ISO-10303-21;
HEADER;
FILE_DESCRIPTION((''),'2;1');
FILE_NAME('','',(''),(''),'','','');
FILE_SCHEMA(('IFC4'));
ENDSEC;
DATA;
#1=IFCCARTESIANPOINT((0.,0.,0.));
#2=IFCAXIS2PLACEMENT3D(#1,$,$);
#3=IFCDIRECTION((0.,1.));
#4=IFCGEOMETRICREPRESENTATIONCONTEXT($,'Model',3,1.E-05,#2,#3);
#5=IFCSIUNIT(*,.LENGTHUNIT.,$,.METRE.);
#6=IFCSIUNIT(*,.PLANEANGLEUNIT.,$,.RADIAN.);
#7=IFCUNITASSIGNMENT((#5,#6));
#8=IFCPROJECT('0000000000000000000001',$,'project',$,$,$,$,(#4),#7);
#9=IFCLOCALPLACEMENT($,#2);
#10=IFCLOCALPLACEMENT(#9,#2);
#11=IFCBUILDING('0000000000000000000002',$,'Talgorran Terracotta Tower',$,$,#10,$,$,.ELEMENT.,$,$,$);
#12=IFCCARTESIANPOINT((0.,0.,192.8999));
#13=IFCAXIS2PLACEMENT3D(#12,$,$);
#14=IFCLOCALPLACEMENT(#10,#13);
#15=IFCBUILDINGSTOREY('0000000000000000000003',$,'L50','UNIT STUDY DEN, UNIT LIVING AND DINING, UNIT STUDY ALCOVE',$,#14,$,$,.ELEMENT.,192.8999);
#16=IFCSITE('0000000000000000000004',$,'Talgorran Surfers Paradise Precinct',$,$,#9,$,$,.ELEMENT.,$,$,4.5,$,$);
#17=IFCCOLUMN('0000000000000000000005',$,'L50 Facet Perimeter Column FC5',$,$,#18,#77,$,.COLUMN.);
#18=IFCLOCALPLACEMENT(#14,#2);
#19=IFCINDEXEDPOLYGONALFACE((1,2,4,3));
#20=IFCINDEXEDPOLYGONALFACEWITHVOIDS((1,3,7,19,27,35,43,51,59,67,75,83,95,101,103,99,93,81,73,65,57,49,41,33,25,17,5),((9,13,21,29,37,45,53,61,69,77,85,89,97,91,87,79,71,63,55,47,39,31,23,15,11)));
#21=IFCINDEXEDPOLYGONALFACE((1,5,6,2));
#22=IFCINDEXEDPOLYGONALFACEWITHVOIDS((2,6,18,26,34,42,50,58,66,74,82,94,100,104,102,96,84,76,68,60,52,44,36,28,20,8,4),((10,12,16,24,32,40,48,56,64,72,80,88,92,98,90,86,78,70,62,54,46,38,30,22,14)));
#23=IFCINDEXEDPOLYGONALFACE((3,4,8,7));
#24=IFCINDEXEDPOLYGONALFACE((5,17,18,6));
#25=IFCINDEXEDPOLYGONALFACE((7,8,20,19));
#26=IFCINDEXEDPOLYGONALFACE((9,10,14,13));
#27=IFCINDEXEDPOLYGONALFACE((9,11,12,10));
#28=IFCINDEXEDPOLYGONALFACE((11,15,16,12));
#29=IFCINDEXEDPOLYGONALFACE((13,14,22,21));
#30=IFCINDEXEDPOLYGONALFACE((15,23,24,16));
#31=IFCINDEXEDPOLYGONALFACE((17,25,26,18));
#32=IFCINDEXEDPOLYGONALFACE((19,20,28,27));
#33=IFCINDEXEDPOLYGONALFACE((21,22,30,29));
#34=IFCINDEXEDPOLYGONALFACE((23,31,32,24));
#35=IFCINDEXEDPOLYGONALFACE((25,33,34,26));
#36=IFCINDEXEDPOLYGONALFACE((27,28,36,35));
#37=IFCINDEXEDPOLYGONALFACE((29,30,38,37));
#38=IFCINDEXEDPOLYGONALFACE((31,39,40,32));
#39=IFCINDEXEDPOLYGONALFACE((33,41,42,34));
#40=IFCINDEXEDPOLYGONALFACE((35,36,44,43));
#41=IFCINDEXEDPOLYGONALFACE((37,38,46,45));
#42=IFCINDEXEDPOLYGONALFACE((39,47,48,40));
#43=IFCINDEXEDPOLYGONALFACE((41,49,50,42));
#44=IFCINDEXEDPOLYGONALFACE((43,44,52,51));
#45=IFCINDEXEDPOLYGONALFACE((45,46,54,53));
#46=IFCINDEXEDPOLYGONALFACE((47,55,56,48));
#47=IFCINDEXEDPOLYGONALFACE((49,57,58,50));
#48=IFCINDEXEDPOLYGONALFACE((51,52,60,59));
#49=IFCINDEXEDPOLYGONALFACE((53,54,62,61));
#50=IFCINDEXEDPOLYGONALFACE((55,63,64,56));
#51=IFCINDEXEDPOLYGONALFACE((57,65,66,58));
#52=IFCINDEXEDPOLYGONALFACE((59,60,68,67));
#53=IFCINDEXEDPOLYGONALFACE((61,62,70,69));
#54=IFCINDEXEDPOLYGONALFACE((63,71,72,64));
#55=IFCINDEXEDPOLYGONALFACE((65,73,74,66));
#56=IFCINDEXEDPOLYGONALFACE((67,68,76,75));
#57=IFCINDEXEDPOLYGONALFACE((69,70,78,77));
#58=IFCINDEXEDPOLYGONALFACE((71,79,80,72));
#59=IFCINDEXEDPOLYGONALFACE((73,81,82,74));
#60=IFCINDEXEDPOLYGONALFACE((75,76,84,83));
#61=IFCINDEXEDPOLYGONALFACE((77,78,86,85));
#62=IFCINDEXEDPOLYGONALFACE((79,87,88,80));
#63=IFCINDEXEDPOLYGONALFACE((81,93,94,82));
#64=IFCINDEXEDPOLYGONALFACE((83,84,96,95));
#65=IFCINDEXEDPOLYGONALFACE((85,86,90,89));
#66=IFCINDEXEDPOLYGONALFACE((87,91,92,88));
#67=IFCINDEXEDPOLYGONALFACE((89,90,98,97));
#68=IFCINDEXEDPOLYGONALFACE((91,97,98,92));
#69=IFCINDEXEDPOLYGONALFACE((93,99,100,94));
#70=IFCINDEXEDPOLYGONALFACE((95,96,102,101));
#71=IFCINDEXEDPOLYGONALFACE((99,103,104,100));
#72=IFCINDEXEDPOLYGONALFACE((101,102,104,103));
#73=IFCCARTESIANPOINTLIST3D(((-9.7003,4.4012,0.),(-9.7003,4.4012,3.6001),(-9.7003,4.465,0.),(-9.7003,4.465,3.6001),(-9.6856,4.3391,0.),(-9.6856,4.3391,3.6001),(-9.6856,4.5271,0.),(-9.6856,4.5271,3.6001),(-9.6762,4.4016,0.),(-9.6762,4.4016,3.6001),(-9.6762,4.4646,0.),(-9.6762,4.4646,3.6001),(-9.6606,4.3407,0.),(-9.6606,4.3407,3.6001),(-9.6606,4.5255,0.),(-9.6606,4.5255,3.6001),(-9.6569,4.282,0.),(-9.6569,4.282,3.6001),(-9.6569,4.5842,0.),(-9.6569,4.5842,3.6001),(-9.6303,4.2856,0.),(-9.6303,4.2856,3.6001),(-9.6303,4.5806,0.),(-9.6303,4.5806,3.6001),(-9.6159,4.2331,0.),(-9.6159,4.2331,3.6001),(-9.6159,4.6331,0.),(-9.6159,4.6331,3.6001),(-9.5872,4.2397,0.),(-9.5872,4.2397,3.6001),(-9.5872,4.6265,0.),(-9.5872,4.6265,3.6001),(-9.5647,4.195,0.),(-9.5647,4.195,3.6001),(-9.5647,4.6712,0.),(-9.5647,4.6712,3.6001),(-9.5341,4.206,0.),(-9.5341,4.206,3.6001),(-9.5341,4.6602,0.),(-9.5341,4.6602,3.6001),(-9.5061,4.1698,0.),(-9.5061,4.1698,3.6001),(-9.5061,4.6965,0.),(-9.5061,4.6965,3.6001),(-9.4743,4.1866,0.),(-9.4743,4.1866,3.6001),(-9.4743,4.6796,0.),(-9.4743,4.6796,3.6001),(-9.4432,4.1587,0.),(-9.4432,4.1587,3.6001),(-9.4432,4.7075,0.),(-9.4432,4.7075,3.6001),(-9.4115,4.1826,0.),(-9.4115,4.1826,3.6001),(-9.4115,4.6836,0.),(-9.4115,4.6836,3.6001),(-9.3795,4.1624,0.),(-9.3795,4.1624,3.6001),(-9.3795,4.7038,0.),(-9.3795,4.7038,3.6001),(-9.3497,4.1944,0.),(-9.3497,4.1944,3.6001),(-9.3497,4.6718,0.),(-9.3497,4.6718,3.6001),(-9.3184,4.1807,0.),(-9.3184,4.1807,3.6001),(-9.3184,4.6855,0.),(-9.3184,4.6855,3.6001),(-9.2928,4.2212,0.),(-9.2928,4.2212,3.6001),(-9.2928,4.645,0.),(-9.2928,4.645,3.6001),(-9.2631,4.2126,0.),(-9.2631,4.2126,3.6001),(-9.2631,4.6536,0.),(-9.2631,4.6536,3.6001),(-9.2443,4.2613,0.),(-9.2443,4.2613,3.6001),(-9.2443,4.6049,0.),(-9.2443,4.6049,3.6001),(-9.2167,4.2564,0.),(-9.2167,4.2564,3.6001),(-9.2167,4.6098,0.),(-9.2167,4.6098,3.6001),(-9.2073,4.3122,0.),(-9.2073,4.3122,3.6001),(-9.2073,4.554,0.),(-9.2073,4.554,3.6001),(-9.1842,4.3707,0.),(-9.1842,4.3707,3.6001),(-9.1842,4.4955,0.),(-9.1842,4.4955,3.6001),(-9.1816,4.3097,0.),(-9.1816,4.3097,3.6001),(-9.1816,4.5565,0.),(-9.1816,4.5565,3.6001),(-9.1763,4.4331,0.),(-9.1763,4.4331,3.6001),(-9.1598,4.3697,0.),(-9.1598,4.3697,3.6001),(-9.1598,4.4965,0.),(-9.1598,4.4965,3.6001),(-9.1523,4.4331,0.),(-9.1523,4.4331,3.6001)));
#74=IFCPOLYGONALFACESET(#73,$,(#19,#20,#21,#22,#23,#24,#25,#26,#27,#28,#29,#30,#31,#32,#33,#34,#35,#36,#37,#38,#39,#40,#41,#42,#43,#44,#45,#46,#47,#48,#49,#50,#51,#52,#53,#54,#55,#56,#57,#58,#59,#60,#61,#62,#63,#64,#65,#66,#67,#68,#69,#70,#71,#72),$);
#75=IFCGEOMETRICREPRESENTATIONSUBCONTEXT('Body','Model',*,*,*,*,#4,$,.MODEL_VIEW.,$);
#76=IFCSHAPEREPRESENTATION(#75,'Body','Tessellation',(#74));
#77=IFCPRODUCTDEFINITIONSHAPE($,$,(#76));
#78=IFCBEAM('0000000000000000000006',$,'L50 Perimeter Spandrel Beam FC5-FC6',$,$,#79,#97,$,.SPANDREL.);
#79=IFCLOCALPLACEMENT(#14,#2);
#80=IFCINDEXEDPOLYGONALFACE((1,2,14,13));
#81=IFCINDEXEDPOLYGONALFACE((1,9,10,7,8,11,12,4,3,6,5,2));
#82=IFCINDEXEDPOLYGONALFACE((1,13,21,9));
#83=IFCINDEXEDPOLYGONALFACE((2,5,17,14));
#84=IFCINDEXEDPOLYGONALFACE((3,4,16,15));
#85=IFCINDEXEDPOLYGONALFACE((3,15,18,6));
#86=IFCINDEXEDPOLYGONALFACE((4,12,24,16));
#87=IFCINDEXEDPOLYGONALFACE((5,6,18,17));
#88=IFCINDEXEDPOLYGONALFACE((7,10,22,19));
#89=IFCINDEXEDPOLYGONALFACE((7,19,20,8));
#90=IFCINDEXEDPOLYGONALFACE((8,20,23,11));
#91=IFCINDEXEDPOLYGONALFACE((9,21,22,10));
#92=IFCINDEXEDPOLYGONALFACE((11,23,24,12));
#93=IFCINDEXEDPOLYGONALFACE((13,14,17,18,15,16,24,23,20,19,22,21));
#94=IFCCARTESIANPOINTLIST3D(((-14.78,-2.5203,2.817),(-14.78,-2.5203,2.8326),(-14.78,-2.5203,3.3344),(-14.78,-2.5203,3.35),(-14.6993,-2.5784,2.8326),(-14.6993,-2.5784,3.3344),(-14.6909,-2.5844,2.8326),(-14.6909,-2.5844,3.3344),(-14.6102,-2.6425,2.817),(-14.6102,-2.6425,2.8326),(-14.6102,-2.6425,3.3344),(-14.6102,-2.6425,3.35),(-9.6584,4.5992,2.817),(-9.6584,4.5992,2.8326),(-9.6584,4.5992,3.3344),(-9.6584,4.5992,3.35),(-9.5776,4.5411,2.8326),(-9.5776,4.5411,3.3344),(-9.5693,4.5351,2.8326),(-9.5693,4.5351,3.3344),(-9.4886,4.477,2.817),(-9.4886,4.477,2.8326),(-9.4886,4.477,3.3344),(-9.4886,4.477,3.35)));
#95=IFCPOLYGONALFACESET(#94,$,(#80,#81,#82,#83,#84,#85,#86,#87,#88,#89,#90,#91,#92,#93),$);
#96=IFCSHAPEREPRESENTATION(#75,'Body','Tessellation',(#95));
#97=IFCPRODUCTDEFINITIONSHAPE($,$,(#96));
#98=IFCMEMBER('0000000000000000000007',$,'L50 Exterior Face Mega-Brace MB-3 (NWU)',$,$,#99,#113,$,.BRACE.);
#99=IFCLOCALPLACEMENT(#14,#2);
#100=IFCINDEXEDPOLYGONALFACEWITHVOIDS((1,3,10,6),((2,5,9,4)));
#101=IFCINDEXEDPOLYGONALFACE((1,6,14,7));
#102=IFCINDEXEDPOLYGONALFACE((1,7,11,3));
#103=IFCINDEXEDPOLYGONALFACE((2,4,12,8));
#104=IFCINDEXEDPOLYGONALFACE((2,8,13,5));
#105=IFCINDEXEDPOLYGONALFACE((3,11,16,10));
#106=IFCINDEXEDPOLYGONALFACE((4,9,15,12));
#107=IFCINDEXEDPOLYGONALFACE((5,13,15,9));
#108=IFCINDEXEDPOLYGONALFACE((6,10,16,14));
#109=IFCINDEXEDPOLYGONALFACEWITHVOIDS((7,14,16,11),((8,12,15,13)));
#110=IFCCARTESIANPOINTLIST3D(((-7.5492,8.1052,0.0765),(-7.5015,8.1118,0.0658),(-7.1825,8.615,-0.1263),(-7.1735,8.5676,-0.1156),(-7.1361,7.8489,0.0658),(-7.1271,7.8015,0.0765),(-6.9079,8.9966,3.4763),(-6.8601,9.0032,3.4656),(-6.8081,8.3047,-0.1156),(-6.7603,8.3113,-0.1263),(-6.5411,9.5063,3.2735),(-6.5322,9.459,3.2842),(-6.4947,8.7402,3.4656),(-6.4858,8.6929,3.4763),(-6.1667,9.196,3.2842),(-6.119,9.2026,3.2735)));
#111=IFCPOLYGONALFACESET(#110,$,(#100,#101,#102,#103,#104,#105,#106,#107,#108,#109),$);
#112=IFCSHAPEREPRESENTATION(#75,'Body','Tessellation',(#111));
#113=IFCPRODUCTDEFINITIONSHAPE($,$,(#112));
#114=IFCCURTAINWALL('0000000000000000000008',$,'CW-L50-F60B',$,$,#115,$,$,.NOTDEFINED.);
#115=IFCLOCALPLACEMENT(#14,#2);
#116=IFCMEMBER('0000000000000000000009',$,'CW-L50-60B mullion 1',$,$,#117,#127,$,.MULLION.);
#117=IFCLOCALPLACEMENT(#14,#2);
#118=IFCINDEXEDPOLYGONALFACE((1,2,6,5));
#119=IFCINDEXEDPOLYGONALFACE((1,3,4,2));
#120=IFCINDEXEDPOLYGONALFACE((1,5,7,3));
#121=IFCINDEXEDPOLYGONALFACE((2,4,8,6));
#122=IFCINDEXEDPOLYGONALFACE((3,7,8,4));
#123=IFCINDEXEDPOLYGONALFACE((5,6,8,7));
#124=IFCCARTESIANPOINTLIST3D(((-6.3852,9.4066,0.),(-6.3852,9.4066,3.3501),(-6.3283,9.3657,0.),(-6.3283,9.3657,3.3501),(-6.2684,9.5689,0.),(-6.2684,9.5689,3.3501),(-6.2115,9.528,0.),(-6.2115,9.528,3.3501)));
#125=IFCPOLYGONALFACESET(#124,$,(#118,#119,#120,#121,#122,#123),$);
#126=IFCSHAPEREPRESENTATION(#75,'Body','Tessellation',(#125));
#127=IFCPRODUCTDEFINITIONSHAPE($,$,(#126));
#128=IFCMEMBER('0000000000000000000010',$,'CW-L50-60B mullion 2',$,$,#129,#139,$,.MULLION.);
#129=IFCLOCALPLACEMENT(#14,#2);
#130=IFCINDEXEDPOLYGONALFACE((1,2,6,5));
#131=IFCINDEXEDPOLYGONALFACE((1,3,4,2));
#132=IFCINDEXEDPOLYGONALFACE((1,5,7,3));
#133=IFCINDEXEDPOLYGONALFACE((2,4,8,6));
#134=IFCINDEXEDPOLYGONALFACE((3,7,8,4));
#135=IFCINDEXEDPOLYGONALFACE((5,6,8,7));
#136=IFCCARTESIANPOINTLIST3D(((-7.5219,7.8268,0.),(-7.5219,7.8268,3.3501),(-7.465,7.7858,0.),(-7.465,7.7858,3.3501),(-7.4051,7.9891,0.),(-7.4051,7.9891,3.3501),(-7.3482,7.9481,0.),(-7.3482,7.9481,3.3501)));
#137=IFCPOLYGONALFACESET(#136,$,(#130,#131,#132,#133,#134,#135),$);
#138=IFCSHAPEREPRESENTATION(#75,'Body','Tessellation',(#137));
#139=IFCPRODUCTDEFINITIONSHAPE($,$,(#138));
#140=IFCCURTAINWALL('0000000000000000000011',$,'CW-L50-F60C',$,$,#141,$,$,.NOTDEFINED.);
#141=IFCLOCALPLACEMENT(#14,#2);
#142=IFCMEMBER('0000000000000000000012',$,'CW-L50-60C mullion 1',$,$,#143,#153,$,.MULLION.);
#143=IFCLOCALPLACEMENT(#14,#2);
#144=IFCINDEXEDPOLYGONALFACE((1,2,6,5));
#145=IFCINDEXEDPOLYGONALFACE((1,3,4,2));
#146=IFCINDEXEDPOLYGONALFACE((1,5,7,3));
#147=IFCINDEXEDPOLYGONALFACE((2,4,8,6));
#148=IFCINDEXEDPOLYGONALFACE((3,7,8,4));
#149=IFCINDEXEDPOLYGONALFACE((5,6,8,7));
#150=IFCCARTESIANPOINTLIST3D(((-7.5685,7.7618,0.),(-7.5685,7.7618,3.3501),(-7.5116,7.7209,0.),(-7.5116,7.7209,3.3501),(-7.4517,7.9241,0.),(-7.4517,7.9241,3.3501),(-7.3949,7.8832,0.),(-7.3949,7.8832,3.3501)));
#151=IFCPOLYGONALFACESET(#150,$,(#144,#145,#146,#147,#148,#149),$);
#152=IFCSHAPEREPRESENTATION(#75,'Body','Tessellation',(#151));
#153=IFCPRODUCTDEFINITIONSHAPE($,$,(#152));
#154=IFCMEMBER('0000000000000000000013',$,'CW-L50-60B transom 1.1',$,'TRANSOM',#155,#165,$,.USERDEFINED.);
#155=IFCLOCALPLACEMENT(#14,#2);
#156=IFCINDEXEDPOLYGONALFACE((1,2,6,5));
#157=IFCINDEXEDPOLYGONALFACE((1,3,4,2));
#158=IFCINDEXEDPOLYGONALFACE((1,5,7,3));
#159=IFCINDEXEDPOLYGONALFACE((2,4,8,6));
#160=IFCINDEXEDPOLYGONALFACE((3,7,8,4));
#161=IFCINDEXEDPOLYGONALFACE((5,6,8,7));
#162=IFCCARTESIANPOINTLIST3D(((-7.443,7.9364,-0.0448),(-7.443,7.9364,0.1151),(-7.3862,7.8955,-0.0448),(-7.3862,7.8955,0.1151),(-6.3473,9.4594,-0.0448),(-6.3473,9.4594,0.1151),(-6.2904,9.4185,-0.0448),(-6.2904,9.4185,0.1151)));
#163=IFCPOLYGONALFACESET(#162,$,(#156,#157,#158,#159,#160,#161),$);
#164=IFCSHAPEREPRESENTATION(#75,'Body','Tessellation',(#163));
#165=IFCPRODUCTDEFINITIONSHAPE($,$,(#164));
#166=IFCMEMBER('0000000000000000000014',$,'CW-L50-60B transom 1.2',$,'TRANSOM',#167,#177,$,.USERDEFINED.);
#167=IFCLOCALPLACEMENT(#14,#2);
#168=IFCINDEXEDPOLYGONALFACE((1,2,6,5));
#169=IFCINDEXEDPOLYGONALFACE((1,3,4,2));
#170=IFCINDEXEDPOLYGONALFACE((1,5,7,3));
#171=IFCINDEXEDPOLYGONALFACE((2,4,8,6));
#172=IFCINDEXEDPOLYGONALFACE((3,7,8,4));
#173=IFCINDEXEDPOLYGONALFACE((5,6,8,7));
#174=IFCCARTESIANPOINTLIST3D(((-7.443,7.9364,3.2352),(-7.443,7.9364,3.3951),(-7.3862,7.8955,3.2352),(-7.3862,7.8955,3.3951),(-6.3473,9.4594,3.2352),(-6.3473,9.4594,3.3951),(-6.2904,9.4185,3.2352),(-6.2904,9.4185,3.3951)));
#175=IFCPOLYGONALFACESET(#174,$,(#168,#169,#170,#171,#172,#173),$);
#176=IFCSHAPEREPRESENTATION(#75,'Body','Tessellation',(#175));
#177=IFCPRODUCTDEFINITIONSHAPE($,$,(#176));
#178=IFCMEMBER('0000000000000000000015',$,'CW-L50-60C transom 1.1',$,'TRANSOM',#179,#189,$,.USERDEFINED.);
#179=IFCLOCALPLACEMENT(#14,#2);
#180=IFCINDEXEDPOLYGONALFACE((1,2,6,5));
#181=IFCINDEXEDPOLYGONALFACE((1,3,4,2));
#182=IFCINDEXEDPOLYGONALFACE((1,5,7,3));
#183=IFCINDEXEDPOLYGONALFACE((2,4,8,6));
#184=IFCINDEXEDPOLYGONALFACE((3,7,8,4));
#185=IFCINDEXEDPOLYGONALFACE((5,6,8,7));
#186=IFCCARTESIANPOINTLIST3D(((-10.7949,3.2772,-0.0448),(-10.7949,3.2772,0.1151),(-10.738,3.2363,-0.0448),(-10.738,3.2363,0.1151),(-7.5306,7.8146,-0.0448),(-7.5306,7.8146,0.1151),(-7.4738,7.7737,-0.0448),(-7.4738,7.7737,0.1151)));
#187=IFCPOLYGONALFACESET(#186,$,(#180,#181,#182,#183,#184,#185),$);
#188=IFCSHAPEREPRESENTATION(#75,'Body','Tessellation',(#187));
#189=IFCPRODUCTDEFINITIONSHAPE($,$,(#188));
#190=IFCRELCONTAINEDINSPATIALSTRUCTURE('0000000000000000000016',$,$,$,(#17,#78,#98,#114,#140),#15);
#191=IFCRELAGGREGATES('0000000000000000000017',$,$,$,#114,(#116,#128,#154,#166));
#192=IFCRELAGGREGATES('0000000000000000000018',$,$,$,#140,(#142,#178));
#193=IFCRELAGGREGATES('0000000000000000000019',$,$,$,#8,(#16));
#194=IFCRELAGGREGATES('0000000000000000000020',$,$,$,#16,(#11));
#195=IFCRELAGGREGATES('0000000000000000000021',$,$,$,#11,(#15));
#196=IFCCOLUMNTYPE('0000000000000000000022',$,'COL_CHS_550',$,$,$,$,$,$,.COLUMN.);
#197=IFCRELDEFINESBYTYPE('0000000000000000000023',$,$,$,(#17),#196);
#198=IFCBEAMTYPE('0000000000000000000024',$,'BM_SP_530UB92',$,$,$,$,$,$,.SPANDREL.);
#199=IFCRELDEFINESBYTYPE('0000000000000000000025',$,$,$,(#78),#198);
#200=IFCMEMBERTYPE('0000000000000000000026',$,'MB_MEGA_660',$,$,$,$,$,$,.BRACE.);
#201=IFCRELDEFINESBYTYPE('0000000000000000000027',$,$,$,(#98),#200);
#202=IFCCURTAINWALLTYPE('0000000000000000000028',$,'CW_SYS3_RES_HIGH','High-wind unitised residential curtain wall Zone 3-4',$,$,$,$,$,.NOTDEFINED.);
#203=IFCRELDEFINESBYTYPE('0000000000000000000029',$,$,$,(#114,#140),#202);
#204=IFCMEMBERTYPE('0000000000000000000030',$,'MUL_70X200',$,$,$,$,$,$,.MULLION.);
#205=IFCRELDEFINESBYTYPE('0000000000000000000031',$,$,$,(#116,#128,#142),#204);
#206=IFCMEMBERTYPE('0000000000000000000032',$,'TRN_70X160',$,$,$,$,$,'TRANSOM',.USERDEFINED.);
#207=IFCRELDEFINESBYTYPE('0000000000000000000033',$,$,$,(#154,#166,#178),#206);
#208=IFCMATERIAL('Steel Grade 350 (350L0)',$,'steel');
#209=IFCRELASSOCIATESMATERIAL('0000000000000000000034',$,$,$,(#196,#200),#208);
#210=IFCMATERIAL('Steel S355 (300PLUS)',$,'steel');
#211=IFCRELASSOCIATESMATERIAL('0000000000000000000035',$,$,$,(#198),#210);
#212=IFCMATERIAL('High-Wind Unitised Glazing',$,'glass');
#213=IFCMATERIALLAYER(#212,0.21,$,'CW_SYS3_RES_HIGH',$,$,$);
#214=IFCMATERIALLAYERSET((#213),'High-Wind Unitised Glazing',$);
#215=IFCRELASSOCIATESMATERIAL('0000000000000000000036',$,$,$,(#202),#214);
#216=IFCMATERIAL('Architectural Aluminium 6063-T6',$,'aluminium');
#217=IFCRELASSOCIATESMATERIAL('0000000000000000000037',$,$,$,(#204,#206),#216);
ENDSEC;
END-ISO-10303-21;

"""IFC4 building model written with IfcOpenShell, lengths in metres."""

from ifc_helpers import new_model, si_unit, direction, frame, origin, origin_2d, place, context, subcontext, project, spatial, rectangle, hollow_rectangle, hollow_circle, i_section, extrude, material, layer, layer_set, material_profile, profile_set, type_object, element, aggregate, save


model = new_model("IFC4")

# Units and contexts
model_context = context("Model", 3, precision=1e-05, world=origin(), true_north=direction((0.0, 1.0)))
body_context = subcontext(model_context, "Body", "Model", "MODEL_VIEW")
ifc_project = project(units=[si_unit("LENGTHUNIT", "METRE"), si_unit("PLANEANGLEUNIT", "RADIAN")], contexts=[model_context])

# Site, building, storey
site_placement = place(None, origin())
site = spatial("IfcSite", under=ifc_project, at=site_placement, Name="Talgorran Surfers Paradise Precinct", CompositionType="ELEMENT", RefElevation=4.5)
building_placement = place(site_placement, origin())
building = spatial("IfcBuilding", under=site, at=building_placement, Name="Talgorran Terracotta Tower", CompositionType="ELEMENT")
storey_placement = place(building_placement, frame((0.0, 0.0, 192.8999)))
storey = spatial("IfcBuildingStorey", under=building, at=storey_placement, Name="L50", Description="UNIT STUDY DEN, UNIT LIVING AND DINING, UNIT STUDY ALCOVE", CompositionType="ELEMENT", Elevation=192.8999)

# Column
ifc_material_1 = material(Name="Steel Grade 350 (350L0)", Category="steel")
ifc_material_profile_1 = material_profile(ifc_material_1, hollow_circle(Radius=0.2749, WallThickness=0.0239, at=origin_2d()), Name="CHS550X24")
ifc_profile_set_1 = profile_set([ifc_material_profile_1], Name="Steel Grade 350 (350L0)")
column_type = type_object("IfcColumnType", Name="COL_CHS_550", PredefinedType="COLUMN", material=ifc_profile_set_1)
column_placement = place(storey_placement, frame((-9.4272, 4.4331, 0.0), z_axis=(0.0, 0.0, 1.0), x_axis=(1.0, 0.0, 0.0)))
element("IfcColumn", 1, at=column_placement, inside=storey, type_object=column_type, Name="L50 Facet Perimeter Column FC5", PredefinedType="COLUMN", context=body_context, shape_type="SweptSolid", body=[
    extrude(hollow_circle(Radius=0.2749, WallThickness=0.0239, at=origin_2d()), origin(), (0.0, 0.0, 1.0), 3.6001),
])

# Beam
ifc_material_2 = material(Name="Steel S355 (300PLUS)", Category="steel")
ifc_material_profile_2 = material_profile(ifc_material_2, i_section(OverallWidth=0.2092, OverallDepth=0.533, WebThickness=0.0103, FlangeThickness=0.0156, at=origin_2d()), Name="530UB92.4")
ifc_profile_set_2 = profile_set([ifc_material_profile_2], Name="Steel S355 (300PLUS)")
beam_type = type_object("IfcBeamType", Name="BM_SP_530UB92", PredefinedType="SPANDREL", material=ifc_profile_set_2)
beam_placement = place(storey_placement, frame((-9.5735, 4.5381, 3.0835), z_axis=(-0.583976, -0.811771, 0.0), x_axis=(0.811771, -0.583976, 0.0)))
element("IfcBeam", 2, at=beam_placement, inside=storey, type_object=beam_type, Name="L50 Perimeter Spandrel Beam FC5-FC6", PredefinedType="SPANDREL", context=body_context, shape_type="SweptSolid", body=[
    extrude(i_section(OverallWidth=0.2092, OverallDepth=0.533, WebThickness=0.0103, FlangeThickness=0.0156, at=origin_2d()), origin(), (0.0, 0.0, 1.0), 8.7703),
])

# Member
ifc_material_profile_3 = material_profile(ifc_material_1, hollow_rectangle(XDim=0.52, YDim=0.6599, WallThickness=0.0349, at=origin_2d()), Name="WBOX660X520X35")
ifc_profile_set_3 = profile_set([ifc_material_profile_3], Name="Steel Grade 350 (350L0)")
member_type_1 = type_object("IfcMemberType", Name="MB_MEGA_660", PredefinedType="BRACE", material=ifc_profile_set_3)
member_1_placement = place(storey_placement, frame((-7.1548, 8.2083, -0.0249), z_axis=(0.179509, 0.249481, 0.951596), x_axis=(-0.811716, 0.584053, 0.0)))
element("IfcMember", 3, at=member_1_placement, inside=storey, type_object=member_type_1, Name="L50 Exterior Face Mega-Brace MB-3 (NWU)", PredefinedType="BRACE", context=body_context, shape_type="SweptSolid", body=[
    extrude(hollow_rectangle(XDim=0.52, YDim=0.6599, WallThickness=0.0349, at=origin_2d()), origin(), (0.0, 0.0, 1.0), 3.5728),
])

# Curtain wall, members
ifc_material_3 = material(Name="High-Wind Unitised Glazing", Category="glass")
ifc_layer_1 = layer(ifc_material_3, 0.21, Name="CW_SYS3_RES_HIGH")
ifc_layer_set_1 = layer_set([ifc_layer_1], Name="High-Wind Unitised Glazing")
curtain_wall_type = type_object("IfcCurtainWallType", Name="CW_SYS3_RES_HIGH", Description="High-wind unitised residential curtain wall Zone 3-4", PredefinedType="NOTDEFINED", material=ifc_layer_set_1)
curtain_wall_1_placement = place(storey_placement, origin())
curtain_wall_1 = element("IfcCurtainWall", 4, at=curtain_wall_1_placement, inside=storey, type_object=curtain_wall_type, Name="CW-L50-F60B", PredefinedType="NOTDEFINED")
ifc_material_4 = material(Name="Architectural Aluminium 6063-T6", Category="aluminium")
ifc_material_profile_4 = material_profile(ifc_material_4, rectangle(XDim=0.0701, YDim=0.2, at=origin_2d()), Name="CWM70X200")
ifc_profile_set_4 = profile_set([ifc_material_profile_4], Name="Architectural Aluminium 6063-T6")
member_type_2 = type_object("IfcMemberType", Name="MUL_70X200", PredefinedType="MULLION", material=ifc_profile_set_4)
member_2_placement = place(storey_placement, frame((-6.2983, 9.4673, 0.0), z_axis=(0.0, 0.0, 1.0), x_axis=(0.811758, -0.583994, 0.0)))
member_2 = element("IfcMember", 5, at=member_2_placement, type_object=member_type_2, Name="CW-L50-60B mullion 1", PredefinedType="MULLION", context=body_context, shape_type="SweptSolid", body=[
    extrude(rectangle(XDim=0.0701, YDim=0.2, at=origin_2d()), origin(), (0.0, 0.0, 1.0), 3.3501),
])
member_3_placement = place(storey_placement, frame((-7.4351, 7.8875, 0.0), z_axis=(0.0, 0.0, 1.0), x_axis=(0.811758, -0.583994, 0.0)))
member_3 = element("IfcMember", 6, at=member_3_placement, type_object=member_type_2, Name="CW-L50-60B mullion 2", PredefinedType="MULLION", context=body_context, shape_type="SweptSolid", body=[
    extrude(rectangle(XDim=0.0701, YDim=0.2, at=origin_2d()), origin(), (0.0, 0.0, 1.0), 3.3501),
])

# Curtain wall, member
curtain_wall_2_placement = place(storey_placement, origin())
curtain_wall_2 = element("IfcCurtainWall", 7, at=curtain_wall_2_placement, inside=storey, type_object=curtain_wall_type, Name="CW-L50-F60C", PredefinedType="NOTDEFINED")
member_4_placement = place(storey_placement, frame((-7.4817, 7.8225, 0.0), z_axis=(0.0, 0.0, 1.0), x_axis=(0.811759, -0.583992, 0.0)))
member_4 = element("IfcMember", 8, at=member_4_placement, type_object=member_type_2, Name="CW-L50-60C mullion 1", PredefinedType="MULLION", context=body_context, shape_type="SweptSolid", body=[
    extrude(rectangle(XDim=0.0701, YDim=0.2, at=origin_2d()), origin(), (0.0, 0.0, 1.0), 3.3501),
])

# Members
ifc_material_profile_5 = material_profile(ifc_material_4, rectangle(XDim=0.0701, YDim=0.1599, at=origin_2d()), Name="CWT70X160")
ifc_profile_set_5 = profile_set([ifc_material_profile_5], Name="Architectural Aluminium 6063-T6")
member_type_3 = type_object("IfcMemberType", Name="TRN_70X160", ElementType="TRANSOM", PredefinedType="USERDEFINED", material=ifc_profile_set_5)
member_5_placement = place(storey_placement, frame((-6.3188, 9.439, 0.0352), z_axis=(-0.584017, -0.811742, 0.0), x_axis=(0.811742, -0.584017, 0.0)))
member_5 = element("IfcMember", 9, at=member_5_placement, type_object=member_type_3, Name="CW-L50-60B transom 1.1", ObjectType="TRANSOM", PredefinedType="USERDEFINED", context=body_context, shape_type="SweptSolid", body=[
    extrude(rectangle(XDim=0.0701, YDim=0.1599, at=origin_2d()), origin(), (0.0, 0.0, 1.0), 1.8762),
])
member_6_placement = place(storey_placement, frame((-6.3188, 9.439, 3.3152), z_axis=(-0.584017, -0.811742, 0.0), x_axis=(0.811742, -0.584017, 0.0)))
member_6 = element("IfcMember", 10, at=member_6_placement, type_object=member_type_3, Name="CW-L50-60B transom 1.2", ObjectType="TRANSOM", PredefinedType="USERDEFINED", context=body_context, shape_type="SweptSolid", body=[
    extrude(rectangle(XDim=0.0701, YDim=0.1599, at=origin_2d()), origin(), (0.0, 0.0, 1.0), 1.8762),
])
member_7_placement = place(storey_placement, frame((-7.5022, 7.7942, 0.0352), z_axis=(-0.583982, -0.811766, 0.0), x_axis=(0.811766, -0.583982, 0.0)))
member_7 = element("IfcMember", 11, at=member_7_placement, type_object=member_type_3, Name="CW-L50-60C transom 1.1", ObjectType="TRANSOM", PredefinedType="USERDEFINED", context=body_context, shape_type="SweptSolid", body=[
    extrude(rectangle(XDim=0.0701, YDim=0.1599, at=origin_2d()), origin(), (0.0, 0.0, 1.0), 5.5896),
])

aggregate(curtain_wall_1, [member_2, member_3, member_5, member_6])
aggregate(curtain_wall_2, [member_4, member_7])

save(model, "model.ifc")
